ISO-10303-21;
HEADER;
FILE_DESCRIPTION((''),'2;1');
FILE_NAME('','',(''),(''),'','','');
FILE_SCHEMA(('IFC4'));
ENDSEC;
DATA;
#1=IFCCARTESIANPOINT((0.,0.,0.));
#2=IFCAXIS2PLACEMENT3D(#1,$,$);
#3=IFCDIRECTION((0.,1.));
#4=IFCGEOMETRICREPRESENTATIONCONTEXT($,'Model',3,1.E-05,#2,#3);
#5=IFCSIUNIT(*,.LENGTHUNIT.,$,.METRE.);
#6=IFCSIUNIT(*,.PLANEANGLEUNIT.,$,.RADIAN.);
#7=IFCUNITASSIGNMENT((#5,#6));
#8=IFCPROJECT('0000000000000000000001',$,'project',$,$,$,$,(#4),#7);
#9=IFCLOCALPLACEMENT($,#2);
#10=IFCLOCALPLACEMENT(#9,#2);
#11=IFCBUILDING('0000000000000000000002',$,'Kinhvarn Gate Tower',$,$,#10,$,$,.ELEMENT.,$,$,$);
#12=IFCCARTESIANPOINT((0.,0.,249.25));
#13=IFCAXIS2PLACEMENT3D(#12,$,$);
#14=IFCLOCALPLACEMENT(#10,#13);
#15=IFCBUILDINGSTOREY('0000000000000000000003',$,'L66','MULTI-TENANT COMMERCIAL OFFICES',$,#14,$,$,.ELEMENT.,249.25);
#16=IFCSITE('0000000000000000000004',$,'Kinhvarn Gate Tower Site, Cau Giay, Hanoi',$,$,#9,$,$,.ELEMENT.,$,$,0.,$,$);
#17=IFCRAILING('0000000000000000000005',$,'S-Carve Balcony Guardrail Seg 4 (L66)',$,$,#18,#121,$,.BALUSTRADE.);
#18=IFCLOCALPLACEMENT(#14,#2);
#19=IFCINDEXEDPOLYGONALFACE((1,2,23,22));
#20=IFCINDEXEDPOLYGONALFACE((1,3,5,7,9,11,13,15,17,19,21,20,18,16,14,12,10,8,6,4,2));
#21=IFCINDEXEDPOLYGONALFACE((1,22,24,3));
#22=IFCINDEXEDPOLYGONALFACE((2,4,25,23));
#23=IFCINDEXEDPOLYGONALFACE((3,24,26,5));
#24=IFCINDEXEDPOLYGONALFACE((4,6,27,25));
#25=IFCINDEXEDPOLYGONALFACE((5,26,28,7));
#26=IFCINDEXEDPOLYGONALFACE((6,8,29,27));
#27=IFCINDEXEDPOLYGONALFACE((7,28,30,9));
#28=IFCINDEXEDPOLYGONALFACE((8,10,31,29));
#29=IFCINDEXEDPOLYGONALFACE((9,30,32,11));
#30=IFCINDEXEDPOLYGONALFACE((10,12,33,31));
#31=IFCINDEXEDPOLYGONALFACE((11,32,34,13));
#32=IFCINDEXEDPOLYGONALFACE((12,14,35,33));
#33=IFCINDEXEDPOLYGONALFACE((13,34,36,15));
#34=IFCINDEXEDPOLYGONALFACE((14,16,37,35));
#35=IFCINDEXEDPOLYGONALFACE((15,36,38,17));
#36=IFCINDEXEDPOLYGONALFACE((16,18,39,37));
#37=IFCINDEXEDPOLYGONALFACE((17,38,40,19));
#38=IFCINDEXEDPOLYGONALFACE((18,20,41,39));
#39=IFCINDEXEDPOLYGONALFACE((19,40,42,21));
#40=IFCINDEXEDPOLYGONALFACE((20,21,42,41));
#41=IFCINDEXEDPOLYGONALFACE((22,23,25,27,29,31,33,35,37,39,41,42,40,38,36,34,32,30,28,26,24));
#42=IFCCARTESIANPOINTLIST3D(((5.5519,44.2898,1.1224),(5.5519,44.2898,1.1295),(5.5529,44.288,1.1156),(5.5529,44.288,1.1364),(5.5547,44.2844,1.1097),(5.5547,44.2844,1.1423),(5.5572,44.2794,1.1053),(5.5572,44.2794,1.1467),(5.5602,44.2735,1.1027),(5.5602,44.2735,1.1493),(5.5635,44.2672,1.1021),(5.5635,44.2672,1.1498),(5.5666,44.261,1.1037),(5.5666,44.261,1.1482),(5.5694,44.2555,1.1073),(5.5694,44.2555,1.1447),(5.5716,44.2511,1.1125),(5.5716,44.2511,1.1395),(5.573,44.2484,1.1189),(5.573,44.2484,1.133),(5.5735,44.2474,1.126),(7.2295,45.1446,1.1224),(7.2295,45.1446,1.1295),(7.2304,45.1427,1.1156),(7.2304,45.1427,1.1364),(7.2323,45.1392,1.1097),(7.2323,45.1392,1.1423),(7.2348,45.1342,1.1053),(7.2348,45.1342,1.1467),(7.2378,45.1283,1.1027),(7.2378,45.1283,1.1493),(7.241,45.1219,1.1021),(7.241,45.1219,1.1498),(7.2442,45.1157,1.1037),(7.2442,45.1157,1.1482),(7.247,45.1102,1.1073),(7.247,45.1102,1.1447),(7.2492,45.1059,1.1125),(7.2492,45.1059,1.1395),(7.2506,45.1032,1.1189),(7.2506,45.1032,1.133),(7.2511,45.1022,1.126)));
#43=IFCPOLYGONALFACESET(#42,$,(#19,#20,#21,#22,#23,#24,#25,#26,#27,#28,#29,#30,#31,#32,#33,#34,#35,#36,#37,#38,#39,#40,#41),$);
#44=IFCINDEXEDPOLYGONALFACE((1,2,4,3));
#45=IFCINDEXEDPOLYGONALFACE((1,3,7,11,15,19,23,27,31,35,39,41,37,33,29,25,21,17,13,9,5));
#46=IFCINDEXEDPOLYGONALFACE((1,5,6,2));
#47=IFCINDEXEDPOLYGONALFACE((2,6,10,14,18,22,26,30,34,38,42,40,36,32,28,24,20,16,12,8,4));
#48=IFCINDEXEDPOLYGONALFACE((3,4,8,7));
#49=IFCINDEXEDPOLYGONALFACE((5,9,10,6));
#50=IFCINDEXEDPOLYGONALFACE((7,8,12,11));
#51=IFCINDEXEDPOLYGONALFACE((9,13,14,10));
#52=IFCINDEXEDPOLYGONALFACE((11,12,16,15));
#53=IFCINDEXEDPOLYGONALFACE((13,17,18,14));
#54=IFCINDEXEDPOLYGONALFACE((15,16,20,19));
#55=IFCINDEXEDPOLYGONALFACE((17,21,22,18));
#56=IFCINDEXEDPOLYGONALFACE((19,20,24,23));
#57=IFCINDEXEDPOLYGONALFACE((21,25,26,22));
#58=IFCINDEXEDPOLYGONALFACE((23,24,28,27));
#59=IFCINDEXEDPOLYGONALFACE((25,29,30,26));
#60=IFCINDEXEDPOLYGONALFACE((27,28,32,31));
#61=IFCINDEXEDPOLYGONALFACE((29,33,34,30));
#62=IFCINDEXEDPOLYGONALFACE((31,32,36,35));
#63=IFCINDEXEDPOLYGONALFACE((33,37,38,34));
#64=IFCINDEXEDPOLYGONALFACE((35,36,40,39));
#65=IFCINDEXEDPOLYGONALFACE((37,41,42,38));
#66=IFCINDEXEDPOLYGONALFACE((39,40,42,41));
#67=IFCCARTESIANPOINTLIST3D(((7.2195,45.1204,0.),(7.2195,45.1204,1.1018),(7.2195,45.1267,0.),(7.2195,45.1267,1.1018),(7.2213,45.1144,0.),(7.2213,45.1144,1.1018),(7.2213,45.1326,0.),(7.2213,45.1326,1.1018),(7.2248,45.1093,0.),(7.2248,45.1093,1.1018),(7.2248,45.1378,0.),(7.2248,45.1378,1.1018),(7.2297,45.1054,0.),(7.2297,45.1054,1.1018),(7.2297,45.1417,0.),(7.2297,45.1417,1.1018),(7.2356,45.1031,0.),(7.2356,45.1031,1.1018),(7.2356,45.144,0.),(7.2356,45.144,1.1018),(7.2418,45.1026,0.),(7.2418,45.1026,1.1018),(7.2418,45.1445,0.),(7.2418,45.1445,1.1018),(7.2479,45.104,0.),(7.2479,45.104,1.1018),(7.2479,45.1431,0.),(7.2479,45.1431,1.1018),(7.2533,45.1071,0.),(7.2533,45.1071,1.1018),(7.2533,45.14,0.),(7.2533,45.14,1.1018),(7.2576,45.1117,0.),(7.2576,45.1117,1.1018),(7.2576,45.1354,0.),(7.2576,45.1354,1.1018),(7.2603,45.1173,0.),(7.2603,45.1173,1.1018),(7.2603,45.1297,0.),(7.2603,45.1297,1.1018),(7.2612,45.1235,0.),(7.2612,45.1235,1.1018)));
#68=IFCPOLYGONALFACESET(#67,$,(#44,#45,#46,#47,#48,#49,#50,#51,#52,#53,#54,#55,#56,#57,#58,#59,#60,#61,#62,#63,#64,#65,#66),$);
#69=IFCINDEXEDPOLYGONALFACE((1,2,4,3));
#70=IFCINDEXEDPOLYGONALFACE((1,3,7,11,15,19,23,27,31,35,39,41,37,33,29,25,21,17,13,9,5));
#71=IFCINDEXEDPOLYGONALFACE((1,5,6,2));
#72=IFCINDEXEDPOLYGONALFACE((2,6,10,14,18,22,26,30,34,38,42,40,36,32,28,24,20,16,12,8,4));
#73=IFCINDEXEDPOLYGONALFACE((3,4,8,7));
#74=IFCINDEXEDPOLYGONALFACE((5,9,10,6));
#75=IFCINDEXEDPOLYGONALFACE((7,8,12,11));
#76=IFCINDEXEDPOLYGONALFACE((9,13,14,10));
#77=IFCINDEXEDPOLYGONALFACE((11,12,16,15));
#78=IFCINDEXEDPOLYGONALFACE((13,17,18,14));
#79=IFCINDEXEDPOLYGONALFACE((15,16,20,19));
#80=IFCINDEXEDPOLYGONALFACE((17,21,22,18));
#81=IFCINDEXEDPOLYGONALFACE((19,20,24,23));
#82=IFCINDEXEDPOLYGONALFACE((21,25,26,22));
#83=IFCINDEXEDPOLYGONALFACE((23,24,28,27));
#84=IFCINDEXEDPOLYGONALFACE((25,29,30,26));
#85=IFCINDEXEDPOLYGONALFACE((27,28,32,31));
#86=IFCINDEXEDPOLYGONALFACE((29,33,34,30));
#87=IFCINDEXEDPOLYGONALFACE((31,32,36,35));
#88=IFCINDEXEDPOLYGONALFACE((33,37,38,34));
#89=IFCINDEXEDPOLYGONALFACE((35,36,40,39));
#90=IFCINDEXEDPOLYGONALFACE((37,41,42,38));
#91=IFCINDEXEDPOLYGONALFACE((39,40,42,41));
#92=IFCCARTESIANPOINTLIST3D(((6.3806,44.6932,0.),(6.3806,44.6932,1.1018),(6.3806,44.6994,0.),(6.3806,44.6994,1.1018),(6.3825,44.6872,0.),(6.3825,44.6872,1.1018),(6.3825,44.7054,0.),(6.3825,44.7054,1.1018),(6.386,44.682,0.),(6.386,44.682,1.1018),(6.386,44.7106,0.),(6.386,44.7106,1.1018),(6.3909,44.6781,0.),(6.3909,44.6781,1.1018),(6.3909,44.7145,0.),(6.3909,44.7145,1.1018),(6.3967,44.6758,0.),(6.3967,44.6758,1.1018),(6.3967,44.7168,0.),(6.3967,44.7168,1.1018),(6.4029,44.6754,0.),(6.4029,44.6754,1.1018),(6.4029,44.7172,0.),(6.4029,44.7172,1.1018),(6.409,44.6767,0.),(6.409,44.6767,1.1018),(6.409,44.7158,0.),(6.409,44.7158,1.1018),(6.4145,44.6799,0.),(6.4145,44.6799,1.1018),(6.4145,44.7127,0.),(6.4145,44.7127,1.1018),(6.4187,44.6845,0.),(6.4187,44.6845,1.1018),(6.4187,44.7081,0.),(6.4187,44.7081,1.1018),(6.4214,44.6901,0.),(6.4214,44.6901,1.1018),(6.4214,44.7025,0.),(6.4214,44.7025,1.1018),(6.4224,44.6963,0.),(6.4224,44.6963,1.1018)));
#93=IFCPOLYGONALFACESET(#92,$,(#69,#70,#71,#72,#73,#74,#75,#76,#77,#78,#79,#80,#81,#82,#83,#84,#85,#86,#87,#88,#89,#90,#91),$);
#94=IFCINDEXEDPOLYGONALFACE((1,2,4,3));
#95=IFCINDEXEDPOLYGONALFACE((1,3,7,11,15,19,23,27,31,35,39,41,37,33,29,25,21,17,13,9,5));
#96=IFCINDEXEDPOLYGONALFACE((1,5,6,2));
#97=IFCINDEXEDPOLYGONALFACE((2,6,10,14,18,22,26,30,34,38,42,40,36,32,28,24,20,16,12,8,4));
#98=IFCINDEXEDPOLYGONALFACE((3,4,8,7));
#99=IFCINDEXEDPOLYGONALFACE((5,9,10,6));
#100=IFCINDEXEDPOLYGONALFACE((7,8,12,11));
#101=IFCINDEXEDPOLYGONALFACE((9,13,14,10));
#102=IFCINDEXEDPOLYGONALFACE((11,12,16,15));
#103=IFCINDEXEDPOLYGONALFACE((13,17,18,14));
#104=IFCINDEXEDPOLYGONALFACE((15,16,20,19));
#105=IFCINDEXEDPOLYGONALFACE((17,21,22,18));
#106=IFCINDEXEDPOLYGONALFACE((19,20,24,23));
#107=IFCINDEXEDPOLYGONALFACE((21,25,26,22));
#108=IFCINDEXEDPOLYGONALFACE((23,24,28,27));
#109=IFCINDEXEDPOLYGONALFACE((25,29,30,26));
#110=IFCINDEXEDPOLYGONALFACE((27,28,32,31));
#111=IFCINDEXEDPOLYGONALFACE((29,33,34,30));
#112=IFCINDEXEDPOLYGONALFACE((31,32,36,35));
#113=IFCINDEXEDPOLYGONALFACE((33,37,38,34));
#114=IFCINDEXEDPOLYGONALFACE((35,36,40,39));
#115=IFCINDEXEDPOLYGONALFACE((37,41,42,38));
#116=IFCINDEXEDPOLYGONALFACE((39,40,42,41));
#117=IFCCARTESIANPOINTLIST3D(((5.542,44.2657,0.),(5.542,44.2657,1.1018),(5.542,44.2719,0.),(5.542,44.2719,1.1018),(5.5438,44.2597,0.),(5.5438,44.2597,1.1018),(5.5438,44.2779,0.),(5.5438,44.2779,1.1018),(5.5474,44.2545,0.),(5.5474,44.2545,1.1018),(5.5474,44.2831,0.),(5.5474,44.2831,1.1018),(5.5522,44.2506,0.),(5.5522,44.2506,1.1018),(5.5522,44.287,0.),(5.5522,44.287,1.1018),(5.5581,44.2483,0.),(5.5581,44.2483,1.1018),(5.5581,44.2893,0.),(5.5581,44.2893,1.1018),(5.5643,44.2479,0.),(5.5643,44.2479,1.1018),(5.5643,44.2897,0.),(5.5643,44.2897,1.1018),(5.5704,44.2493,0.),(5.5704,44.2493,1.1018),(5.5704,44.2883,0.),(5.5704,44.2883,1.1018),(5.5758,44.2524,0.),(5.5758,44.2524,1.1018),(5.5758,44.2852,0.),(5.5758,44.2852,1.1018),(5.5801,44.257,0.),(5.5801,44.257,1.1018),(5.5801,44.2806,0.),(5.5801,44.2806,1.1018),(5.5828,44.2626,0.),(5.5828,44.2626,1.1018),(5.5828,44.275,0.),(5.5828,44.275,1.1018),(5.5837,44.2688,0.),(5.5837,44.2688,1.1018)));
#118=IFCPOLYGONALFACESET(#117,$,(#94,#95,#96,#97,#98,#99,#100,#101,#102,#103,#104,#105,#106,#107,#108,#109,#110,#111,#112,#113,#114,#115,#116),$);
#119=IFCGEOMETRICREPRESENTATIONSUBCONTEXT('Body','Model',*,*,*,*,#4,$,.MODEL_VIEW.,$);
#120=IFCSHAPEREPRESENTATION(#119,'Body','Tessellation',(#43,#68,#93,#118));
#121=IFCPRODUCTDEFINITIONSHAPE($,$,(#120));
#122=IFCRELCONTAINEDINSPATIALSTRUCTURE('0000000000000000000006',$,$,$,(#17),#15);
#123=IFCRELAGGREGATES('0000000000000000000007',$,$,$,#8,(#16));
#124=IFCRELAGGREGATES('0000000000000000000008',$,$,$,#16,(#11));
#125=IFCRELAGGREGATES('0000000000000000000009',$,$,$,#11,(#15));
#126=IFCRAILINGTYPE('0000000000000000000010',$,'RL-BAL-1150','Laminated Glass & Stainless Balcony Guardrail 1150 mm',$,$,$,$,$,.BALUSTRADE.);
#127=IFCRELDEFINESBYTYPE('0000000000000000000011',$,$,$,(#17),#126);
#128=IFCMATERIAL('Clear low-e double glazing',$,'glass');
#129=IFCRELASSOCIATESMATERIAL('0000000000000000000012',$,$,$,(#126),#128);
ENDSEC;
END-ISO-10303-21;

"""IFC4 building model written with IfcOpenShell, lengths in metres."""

from ifc_helpers import new_model, si_unit, direction, frame, origin, origin_2d, place, context, subcontext, project, spatial, circle, extrude, material, type_object, element, save


model = new_model("IFC4")

# Units and contexts
model_context = context("Model", 3, precision=1e-05, world=origin(), true_north=direction((0.0, 1.0)))
body_context = subcontext(model_context, "Body", "Model", "MODEL_VIEW")
ifc_project = project(units=[si_unit("LENGTHUNIT", "METRE"), si_unit("PLANEANGLEUNIT", "RADIAN")], contexts=[model_context])

# Site, building, storey
site_placement = place(None, origin())
site = spatial("IfcSite", under=ifc_project, at=site_placement, Name="Kinhvarn Gate Tower Site, Cau Giay, Hanoi", CompositionType="ELEMENT", RefElevation=0.0)
building_placement = place(site_placement, origin())
building = spatial("IfcBuilding", under=site, at=building_placement, Name="Kinhvarn Gate Tower", CompositionType="ELEMENT")
storey_placement = place(building_placement, frame((0.0, 0.0, 249.25)))
storey = spatial("IfcBuildingStorey", under=building, at=storey_placement, Name="L66", Description="MULTI-TENANT COMMERCIAL OFFICES", CompositionType="ELEMENT", Elevation=249.25)

# Shared definitions
ifc_material_1 = material(Name="Clear low-e double glazing", Category="glass")

# Railing
railing_type = type_object("IfcRailingType", Name="RL-BAL-1150", Description="Laminated Glass & Stainless Balcony Guardrail 1150 mm", PredefinedType="BALUSTRADE", material=ifc_material_1)
railing_1_placement = place(storey_placement, frame((7.2402, 45.1235, 0.0)))
element("IfcRailing", 1, at=railing_1_placement, inside=storey, type_object=railing_type, Name="S-Carve Balcony Guardrail Seg 4 (L66)", PredefinedType="BALUSTRADE", context=body_context, shape_type="SweptSolid", body=[
    extrude(circle(Radius=0.0239, at=origin_2d()), frame((0.0, 0.0, 1.126), z_axis=(-0.891004, -0.453996, 0.0), x_axis=(0.453996, -0.891004, 0.0)), (0.0, 0.0, 1.0), 1.8828),
    extrude(circle(Radius=0.021, at=origin_2d()), origin(), (0.0, 0.0, 1.0), 1.1018),
    extrude(circle(Radius=0.021, at=origin_2d()), frame((-0.8389, -0.4272, 0.0)), (0.0, 0.0, 1.0), 1.1018),
    extrude(circle(Radius=0.021, at=origin_2d()), frame((-1.6775, -0.8547, 0.0)), (0.0, 0.0, 1.0), 1.1018),
])

save(model, "model.ifc")
